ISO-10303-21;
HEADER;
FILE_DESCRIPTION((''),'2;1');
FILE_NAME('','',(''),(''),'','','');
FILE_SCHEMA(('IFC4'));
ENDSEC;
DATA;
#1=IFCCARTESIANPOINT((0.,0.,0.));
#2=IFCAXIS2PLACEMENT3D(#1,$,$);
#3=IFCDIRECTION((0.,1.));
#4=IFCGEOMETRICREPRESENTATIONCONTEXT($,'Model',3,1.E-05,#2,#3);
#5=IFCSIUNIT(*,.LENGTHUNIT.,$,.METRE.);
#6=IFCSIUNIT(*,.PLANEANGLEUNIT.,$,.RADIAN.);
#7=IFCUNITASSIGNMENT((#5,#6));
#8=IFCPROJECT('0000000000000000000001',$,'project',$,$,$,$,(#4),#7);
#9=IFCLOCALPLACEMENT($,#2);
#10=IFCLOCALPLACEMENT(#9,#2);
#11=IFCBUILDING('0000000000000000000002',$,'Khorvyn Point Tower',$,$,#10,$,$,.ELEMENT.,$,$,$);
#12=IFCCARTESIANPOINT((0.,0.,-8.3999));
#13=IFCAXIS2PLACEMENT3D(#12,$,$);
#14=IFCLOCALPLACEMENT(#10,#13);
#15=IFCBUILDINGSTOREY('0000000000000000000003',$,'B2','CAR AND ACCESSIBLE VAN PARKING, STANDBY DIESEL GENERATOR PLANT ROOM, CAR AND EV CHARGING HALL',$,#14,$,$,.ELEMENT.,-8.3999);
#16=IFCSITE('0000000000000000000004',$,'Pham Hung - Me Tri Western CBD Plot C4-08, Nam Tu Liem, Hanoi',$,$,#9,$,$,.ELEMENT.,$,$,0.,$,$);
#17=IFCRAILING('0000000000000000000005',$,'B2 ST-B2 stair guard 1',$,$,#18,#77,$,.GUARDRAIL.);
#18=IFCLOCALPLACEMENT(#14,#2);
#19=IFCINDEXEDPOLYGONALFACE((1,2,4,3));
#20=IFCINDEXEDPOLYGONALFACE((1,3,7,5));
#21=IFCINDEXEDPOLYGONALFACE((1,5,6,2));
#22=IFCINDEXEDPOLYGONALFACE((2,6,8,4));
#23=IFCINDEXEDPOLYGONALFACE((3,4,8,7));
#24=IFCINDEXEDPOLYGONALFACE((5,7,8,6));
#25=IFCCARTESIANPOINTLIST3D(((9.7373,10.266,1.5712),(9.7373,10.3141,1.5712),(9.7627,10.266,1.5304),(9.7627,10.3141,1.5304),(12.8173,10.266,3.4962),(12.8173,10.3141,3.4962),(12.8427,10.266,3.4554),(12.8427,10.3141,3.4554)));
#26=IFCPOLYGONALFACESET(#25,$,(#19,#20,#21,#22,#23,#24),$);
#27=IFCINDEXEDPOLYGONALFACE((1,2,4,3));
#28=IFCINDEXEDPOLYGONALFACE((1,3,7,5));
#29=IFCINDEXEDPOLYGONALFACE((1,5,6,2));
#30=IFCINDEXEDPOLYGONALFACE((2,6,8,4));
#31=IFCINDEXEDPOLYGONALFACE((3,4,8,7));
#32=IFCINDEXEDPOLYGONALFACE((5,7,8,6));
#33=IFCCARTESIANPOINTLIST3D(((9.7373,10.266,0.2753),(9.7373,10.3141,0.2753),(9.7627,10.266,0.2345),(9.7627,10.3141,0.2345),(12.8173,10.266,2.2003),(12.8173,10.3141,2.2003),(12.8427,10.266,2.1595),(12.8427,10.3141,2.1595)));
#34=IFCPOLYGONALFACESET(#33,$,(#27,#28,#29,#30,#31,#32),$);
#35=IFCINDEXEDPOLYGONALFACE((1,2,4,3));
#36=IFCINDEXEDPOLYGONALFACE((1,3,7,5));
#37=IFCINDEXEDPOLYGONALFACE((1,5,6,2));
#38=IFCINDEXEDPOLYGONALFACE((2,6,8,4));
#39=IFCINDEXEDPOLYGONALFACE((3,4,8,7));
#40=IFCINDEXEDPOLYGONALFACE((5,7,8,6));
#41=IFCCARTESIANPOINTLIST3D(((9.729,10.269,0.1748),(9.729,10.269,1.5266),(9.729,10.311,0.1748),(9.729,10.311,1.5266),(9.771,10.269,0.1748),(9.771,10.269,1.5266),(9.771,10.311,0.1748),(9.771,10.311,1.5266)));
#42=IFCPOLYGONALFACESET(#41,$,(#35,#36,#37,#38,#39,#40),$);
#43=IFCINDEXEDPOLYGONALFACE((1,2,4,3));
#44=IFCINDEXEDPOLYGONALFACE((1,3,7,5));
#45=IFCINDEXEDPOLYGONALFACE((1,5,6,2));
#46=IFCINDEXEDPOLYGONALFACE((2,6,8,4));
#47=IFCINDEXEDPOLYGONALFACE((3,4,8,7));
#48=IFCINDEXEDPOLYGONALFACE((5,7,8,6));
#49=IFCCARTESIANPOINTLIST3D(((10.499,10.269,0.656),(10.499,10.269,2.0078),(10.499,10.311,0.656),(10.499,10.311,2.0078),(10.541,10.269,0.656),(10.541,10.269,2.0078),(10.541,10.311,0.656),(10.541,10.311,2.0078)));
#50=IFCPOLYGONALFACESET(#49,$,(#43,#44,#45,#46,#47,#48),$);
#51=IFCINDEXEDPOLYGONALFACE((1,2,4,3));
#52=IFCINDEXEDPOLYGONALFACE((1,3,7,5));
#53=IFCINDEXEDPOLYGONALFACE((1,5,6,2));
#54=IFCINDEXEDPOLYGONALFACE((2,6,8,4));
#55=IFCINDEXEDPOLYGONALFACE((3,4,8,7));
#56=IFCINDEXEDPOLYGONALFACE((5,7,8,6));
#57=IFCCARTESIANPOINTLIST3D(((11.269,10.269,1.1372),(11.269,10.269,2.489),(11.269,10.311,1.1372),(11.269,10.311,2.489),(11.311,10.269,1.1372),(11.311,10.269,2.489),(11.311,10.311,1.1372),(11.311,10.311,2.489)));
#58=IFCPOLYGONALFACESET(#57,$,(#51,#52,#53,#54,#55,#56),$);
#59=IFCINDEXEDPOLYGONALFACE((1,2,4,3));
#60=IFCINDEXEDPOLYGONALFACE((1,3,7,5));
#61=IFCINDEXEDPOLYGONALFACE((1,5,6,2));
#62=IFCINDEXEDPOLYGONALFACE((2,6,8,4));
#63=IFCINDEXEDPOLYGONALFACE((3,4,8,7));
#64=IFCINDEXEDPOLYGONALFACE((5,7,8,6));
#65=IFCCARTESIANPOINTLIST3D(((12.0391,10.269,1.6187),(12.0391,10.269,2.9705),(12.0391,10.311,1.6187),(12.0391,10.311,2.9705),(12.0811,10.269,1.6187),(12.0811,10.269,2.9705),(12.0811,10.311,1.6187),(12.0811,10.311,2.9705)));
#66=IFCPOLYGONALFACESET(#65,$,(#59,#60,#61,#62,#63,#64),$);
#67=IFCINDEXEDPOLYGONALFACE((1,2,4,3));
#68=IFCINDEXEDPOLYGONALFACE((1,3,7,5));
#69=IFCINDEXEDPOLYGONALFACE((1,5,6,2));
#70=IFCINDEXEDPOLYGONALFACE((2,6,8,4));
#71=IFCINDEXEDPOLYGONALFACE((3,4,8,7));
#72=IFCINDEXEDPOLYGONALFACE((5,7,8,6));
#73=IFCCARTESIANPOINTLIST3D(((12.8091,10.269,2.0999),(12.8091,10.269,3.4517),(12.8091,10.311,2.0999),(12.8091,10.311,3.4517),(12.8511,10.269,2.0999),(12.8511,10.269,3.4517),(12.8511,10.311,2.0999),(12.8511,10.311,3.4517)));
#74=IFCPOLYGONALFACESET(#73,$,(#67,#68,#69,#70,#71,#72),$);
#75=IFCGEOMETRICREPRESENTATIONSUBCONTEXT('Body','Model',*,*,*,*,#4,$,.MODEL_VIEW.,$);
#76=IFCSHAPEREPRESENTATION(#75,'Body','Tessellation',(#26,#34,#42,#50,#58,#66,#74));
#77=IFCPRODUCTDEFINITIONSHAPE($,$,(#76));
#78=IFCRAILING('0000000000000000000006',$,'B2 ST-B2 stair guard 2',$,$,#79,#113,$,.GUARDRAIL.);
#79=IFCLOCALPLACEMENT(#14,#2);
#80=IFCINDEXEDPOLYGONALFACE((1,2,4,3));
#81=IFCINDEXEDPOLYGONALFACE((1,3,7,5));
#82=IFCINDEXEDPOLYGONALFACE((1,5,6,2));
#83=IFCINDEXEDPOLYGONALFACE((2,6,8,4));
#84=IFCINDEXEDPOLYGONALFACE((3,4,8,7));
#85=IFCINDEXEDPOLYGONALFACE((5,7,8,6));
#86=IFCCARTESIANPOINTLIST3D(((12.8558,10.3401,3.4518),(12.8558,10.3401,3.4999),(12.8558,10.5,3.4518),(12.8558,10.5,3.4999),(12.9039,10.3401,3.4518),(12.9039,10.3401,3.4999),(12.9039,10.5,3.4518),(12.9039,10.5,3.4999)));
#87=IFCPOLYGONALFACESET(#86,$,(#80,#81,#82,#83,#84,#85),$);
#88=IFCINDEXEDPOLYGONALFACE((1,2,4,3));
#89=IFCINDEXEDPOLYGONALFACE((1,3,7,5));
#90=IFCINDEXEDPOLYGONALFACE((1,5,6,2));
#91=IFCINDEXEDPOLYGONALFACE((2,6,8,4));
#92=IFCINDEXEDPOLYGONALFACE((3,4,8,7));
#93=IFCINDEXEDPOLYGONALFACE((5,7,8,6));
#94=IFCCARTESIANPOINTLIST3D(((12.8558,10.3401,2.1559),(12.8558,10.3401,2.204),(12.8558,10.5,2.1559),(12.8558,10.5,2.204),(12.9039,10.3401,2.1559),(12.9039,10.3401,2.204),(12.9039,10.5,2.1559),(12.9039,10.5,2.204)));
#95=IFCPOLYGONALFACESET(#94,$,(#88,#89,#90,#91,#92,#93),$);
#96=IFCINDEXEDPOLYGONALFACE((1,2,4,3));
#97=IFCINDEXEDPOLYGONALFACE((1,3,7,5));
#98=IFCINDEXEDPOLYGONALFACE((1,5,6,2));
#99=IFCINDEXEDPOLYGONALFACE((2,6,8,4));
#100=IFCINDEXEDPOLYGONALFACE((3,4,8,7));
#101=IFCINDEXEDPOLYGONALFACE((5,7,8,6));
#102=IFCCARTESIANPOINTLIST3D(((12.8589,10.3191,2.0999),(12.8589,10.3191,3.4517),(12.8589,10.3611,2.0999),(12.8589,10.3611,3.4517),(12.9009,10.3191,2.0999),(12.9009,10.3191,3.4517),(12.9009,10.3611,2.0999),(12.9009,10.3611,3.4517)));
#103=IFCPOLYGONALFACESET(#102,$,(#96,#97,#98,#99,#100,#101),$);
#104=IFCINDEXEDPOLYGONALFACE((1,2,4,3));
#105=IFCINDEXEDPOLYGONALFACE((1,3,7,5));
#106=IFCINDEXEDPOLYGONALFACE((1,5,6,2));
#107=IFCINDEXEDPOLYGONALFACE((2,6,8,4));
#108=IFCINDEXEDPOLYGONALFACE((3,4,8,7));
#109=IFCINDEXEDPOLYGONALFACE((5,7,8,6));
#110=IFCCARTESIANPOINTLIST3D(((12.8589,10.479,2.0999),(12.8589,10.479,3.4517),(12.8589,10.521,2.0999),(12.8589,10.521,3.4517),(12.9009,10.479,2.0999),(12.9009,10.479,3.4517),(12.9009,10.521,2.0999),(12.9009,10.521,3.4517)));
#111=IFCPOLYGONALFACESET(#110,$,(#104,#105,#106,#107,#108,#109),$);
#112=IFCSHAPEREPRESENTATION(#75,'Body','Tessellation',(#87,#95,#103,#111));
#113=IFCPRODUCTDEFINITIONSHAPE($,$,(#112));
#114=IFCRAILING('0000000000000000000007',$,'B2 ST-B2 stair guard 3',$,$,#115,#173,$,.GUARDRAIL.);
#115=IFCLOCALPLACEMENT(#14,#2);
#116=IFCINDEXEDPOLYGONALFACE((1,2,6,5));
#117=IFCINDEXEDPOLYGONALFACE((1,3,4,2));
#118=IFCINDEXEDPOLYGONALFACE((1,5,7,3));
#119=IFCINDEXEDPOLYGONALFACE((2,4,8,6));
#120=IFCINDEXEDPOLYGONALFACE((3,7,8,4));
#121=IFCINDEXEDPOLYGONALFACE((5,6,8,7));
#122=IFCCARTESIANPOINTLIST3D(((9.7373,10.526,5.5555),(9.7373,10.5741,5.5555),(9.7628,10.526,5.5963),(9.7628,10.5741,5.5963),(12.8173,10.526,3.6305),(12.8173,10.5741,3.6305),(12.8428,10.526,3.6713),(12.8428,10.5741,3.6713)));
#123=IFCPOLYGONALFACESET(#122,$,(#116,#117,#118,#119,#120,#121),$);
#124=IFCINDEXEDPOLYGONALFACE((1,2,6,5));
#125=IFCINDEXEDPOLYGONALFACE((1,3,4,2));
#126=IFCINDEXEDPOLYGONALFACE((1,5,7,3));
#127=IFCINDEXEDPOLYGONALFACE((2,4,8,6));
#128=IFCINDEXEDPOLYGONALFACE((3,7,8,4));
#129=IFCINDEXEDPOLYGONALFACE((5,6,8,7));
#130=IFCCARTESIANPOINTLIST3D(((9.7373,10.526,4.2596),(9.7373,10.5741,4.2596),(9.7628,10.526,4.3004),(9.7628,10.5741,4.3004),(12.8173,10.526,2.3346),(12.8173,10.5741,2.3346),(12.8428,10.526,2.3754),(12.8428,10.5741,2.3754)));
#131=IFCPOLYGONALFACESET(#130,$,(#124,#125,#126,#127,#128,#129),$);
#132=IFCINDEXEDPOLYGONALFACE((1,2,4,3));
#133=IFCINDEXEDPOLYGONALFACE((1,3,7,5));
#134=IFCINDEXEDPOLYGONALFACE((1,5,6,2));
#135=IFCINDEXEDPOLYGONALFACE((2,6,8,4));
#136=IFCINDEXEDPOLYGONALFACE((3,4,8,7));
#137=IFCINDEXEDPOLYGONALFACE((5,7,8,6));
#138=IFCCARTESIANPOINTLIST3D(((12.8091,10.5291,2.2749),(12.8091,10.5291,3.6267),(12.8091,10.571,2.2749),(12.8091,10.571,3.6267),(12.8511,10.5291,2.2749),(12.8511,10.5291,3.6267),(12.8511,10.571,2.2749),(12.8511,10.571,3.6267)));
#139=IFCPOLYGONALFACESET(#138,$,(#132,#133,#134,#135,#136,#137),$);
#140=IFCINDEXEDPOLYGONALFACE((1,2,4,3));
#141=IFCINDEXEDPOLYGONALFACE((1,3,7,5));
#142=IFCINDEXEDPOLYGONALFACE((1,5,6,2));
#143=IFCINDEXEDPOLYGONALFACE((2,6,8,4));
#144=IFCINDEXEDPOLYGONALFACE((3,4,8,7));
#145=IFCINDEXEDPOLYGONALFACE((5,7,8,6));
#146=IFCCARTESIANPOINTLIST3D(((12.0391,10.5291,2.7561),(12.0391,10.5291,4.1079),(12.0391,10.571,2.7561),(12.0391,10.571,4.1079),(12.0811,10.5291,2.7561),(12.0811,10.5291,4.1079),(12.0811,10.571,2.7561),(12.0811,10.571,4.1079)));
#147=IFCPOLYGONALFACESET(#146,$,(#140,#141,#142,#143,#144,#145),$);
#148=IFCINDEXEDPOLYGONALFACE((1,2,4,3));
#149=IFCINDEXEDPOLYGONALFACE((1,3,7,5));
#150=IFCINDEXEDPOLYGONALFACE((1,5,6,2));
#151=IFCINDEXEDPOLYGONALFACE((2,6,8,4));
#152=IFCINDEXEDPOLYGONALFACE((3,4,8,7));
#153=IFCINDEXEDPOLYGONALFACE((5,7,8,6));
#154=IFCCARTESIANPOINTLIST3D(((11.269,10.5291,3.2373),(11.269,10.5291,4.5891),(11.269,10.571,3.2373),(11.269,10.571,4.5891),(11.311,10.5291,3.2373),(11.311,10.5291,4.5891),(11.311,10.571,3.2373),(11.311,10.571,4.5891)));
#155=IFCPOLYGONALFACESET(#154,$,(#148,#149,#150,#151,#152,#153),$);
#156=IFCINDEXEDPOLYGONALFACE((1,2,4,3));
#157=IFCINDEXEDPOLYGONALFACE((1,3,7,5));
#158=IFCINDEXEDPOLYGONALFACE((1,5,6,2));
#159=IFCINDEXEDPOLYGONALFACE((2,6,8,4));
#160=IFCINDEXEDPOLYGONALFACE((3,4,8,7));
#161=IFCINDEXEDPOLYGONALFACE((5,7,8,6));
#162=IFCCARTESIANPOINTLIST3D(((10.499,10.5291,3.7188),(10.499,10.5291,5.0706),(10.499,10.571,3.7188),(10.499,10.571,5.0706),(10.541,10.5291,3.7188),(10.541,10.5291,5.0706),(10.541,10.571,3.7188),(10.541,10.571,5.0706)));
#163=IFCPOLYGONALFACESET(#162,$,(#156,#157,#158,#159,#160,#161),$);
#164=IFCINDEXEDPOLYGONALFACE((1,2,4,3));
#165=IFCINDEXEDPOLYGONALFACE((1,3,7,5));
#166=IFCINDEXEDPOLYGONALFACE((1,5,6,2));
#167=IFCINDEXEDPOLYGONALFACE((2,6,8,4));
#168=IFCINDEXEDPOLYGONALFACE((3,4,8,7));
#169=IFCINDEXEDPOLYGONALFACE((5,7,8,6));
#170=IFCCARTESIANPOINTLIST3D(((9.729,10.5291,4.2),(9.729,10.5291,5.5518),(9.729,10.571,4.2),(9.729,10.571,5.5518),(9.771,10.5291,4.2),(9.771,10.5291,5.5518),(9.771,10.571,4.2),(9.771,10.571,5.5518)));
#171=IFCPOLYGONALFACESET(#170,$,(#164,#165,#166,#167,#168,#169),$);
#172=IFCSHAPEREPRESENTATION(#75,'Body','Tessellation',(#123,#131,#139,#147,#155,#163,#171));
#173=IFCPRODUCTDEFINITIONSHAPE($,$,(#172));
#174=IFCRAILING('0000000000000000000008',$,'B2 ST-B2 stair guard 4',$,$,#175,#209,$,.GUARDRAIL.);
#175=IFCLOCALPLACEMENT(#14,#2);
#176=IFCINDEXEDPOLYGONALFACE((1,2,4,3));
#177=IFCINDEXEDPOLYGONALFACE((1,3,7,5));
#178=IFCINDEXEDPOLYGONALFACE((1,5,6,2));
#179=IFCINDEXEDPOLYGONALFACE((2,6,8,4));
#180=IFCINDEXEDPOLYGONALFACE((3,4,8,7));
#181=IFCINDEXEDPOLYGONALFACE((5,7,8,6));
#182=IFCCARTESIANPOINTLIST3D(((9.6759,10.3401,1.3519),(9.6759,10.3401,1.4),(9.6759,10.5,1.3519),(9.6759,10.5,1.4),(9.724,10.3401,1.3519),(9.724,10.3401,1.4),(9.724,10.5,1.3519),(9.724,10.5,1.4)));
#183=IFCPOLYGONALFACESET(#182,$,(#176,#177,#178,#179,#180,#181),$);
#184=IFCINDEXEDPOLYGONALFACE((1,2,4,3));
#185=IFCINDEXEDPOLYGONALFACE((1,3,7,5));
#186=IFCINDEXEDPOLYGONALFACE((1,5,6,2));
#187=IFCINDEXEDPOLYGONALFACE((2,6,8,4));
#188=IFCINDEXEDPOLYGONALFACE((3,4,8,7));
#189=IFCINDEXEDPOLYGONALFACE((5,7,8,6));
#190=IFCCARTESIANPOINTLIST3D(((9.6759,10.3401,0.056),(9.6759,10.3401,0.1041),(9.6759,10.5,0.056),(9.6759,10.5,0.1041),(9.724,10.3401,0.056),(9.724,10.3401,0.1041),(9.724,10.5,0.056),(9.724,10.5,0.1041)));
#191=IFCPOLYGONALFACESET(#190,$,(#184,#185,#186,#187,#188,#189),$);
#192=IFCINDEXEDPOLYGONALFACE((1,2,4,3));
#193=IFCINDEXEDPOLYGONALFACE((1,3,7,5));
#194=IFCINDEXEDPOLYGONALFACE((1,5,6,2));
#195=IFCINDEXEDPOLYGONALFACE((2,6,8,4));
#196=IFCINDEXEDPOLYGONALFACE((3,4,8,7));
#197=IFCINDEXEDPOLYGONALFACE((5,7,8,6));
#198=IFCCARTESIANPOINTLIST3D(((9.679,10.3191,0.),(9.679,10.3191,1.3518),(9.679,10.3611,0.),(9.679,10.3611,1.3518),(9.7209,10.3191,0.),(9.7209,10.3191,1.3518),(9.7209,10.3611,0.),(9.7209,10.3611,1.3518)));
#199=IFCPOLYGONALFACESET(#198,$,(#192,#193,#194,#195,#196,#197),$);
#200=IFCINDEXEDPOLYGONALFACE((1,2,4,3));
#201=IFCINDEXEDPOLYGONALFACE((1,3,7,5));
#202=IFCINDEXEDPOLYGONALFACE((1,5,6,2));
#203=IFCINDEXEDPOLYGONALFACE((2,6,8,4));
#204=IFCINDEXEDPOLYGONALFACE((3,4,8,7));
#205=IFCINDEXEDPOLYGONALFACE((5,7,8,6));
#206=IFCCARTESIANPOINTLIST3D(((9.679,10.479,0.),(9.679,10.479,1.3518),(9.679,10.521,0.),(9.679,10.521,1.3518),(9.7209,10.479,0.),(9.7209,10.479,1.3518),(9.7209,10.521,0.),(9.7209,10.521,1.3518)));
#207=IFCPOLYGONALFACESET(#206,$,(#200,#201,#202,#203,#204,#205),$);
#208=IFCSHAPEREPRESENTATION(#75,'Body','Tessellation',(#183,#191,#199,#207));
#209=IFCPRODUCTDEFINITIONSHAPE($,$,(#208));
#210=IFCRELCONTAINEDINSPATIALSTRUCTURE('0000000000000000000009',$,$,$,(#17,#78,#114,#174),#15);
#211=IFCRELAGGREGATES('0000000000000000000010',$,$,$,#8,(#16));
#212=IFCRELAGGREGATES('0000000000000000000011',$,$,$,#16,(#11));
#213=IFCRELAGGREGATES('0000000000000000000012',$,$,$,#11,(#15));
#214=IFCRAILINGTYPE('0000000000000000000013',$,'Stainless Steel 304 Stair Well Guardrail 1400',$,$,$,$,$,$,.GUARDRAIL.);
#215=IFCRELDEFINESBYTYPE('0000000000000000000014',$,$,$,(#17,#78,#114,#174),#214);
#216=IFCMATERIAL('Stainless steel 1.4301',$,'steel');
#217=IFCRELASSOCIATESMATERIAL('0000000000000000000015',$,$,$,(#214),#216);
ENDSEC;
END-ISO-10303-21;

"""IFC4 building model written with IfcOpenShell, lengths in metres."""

from ifc_helpers import new_model, si_unit, direction, frame, origin, origin_2d, place, context, subcontext, project, spatial, rectangle, extrude, material, type_object, element, save


model = new_model("IFC4")

# Units and contexts
model_context = context("Model", 3, precision=1e-05, world=origin(), true_north=direction((0.0, 1.0)))
body_context = subcontext(model_context, "Body", "Model", "MODEL_VIEW")
ifc_project = project(units=[si_unit("LENGTHUNIT", "METRE"), si_unit("PLANEANGLEUNIT", "RADIAN")], contexts=[model_context])

# Site, building, storey
site_placement = place(None, origin())
site = spatial("IfcSite", under=ifc_project, at=site_placement, Name="Pham Hung - Me Tri Western CBD Plot C4-08, Nam Tu Liem, Hanoi", CompositionType="ELEMENT", RefElevation=0.0)
building_placement = place(site_placement, origin())
building = spatial("IfcBuilding", under=site, at=building_placement, Name="Khorvyn Point Tower", CompositionType="ELEMENT")
storey_placement = place(building_placement, frame((0.0, 0.0, -8.3999)))
storey = spatial("IfcBuildingStorey", under=building, at=storey_placement, Name="B2", Description="CAR AND ACCESSIBLE VAN PARKING, STANDBY DIESEL GENERATOR PLANT ROOM, CAR AND EV CHARGING HALL", CompositionType="ELEMENT", Elevation=-8.3999)

# Railings
ifc_material_1 = material(Name="Stainless steel 1.4301", Category="steel")
railing_type_1 = type_object("IfcRailingType", Name="Stainless Steel 304 Stair Well Guardrail 1400", PredefinedType="GUARDRAIL", material=ifc_material_1)
railing_1_placement = place(storey_placement, frame((9.75, 10.29, 0.1748)))
element("IfcRailing", 1, at=railing_1_placement, inside=storey, type_object=railing_type_1, Name="B2 ST-B2 stair guard 1", PredefinedType="GUARDRAIL", context=body_context, shape_type="SweptSolid", body=[
    extrude(rectangle(XDim=0.0481, YDim=0.0481, at=origin_2d()), frame((0.0, 0.0, 1.376), z_axis=(0.847998, 0.0, 0.529999), x_axis=(0.0, 1.0, 0.0)), (0.0, 0.0, 1.0), 3.6321),
    extrude(rectangle(XDim=0.0481, YDim=0.0481, at=origin_2d()), frame((0.0, 0.0, 0.0801), z_axis=(0.847998, 0.0, 0.529999), x_axis=(0.0, 1.0, 0.0)), (0.0, 0.0, 1.0), 3.6321),
    extrude(rectangle(XDim=0.042, YDim=0.042, at=origin_2d()), origin(), (0.0, 0.0, 1.0), 1.3518),
    extrude(rectangle(XDim=0.042, YDim=0.042, at=origin_2d()), frame((0.77, 0.0, 0.4812)), (0.0, 0.0, 1.0), 1.3518),
    extrude(rectangle(XDim=0.042, YDim=0.042, at=origin_2d()), frame((1.54, 0.0, 0.9624)), (0.0, 0.0, 1.0), 1.3518),
    extrude(rectangle(XDim=0.042, YDim=0.042, at=origin_2d()), frame((2.3101, 0.0, 1.4438)), (0.0, 0.0, 1.0), 1.3518),
    extrude(rectangle(XDim=0.042, YDim=0.042, at=origin_2d()), frame((3.0801, 0.0, 1.925)), (0.0, 0.0, 1.0), 1.3518),
])
railing_2_placement = place(storey_placement, frame((12.8799, 10.3401, 2.0999)))
element("IfcRailing", 2, at=railing_2_placement, inside=storey, type_object=railing_type_1, Name="B2 ST-B2 stair guard 2", PredefinedType="GUARDRAIL", context=body_context, shape_type="SweptSolid", body=[
    extrude(rectangle(XDim=0.0481, YDim=0.0481, at=origin_2d()), frame((0.0, 0.0, 1.376), z_axis=(0.0, 1.0, 0.0), x_axis=(-1.0, 0.0, 0.0)), (0.0, 0.0, 1.0), 0.1599),
    extrude(rectangle(XDim=0.0481, YDim=0.0481, at=origin_2d()), frame((0.0, 0.0, 0.0801), z_axis=(0.0, 1.0, 0.0), x_axis=(-1.0, 0.0, 0.0)), (0.0, 0.0, 1.0), 0.1599),
    extrude(rectangle(XDim=0.042, YDim=0.042, at=origin_2d()), origin(), (0.0, 0.0, 1.0), 1.3518),
    extrude(rectangle(XDim=0.042, YDim=0.042, at=origin_2d()), frame((0.0, 0.1599, 0.0)), (0.0, 0.0, 1.0), 1.3518),
])
railing_3_placement = place(storey_placement, frame((12.8301, 10.55, 2.2749)))
element("IfcRailing", 3, at=railing_3_placement, inside=storey, type_object=railing_type_1, Name="B2 ST-B2 stair guard 3", PredefinedType="GUARDRAIL", context=body_context, shape_type="SweptSolid", body=[
    extrude(rectangle(XDim=0.0481, YDim=0.0481, at=origin_2d()), frame((0.0, 0.0, 1.376), z_axis=(-0.847998, 0.0, 0.529999), x_axis=(0.0, -1.0, 0.0)), (0.0, 0.0, 1.0), 3.6321),
    extrude(rectangle(XDim=0.0481, YDim=0.0481, at=origin_2d()), frame((0.0, 0.0, 0.0801), z_axis=(-0.847998, 0.0, 0.529999), x_axis=(0.0, -1.0, 0.0)), (0.0, 0.0, 1.0), 3.6321),
    extrude(rectangle(XDim=0.042, YDim=0.042, at=origin_2d()), origin(), (0.0, 0.0, 1.0), 1.3518),
    extrude(rectangle(XDim=0.042, YDim=0.042, at=origin_2d()), frame((-0.77, 0.0, 0.4812)), (0.0, 0.0, 1.0), 1.3518),
    extrude(rectangle(XDim=0.042, YDim=0.042, at=origin_2d()), frame((-1.54, 0.0, 0.9624)), (0.0, 0.0, 1.0), 1.3518),
    extrude(rectangle(XDim=0.042, YDim=0.042, at=origin_2d()), frame((-2.3101, 0.0, 1.4438)), (0.0, 0.0, 1.0), 1.3518),
    extrude(rectangle(XDim=0.042, YDim=0.042, at=origin_2d()), frame((-3.0801, 0.0, 1.925)), (0.0, 0.0, 1.0), 1.3518),
])
railing_4_placement = place(storey_placement, frame((9.7, 10.3401, 0.0)))
element("IfcRailing", 4, at=railing_4_placement, inside=storey, type_object=railing_type_1, Name="B2 ST-B2 stair guard 4", PredefinedType="GUARDRAIL", context=body_context, shape_type="SweptSolid", body=[
    extrude(rectangle(XDim=0.0481, YDim=0.0481, at=origin_2d()), frame((0.0, 0.0, 1.376), z_axis=(0.0, 1.0, 0.0), x_axis=(-1.0, 0.0, 0.0)), (0.0, 0.0, 1.0), 0.1599),
    extrude(rectangle(XDim=0.0481, YDim=0.0481, at=origin_2d()), frame((0.0, 0.0, 0.0801), z_axis=(0.0, 1.0, 0.0), x_axis=(-1.0, 0.0, 0.0)), (0.0, 0.0, 1.0), 0.1599),
    extrude(rectangle(XDim=0.042, YDim=0.042, at=origin_2d()), origin(), (0.0, 0.0, 1.0), 1.3518),
    extrude(rectangle(XDim=0.042, YDim=0.042, at=origin_2d()), frame((0.0, 0.1599, 0.0)), (0.0, 0.0, 1.0), 1.3518),
])

save(model, "model.ifc")
